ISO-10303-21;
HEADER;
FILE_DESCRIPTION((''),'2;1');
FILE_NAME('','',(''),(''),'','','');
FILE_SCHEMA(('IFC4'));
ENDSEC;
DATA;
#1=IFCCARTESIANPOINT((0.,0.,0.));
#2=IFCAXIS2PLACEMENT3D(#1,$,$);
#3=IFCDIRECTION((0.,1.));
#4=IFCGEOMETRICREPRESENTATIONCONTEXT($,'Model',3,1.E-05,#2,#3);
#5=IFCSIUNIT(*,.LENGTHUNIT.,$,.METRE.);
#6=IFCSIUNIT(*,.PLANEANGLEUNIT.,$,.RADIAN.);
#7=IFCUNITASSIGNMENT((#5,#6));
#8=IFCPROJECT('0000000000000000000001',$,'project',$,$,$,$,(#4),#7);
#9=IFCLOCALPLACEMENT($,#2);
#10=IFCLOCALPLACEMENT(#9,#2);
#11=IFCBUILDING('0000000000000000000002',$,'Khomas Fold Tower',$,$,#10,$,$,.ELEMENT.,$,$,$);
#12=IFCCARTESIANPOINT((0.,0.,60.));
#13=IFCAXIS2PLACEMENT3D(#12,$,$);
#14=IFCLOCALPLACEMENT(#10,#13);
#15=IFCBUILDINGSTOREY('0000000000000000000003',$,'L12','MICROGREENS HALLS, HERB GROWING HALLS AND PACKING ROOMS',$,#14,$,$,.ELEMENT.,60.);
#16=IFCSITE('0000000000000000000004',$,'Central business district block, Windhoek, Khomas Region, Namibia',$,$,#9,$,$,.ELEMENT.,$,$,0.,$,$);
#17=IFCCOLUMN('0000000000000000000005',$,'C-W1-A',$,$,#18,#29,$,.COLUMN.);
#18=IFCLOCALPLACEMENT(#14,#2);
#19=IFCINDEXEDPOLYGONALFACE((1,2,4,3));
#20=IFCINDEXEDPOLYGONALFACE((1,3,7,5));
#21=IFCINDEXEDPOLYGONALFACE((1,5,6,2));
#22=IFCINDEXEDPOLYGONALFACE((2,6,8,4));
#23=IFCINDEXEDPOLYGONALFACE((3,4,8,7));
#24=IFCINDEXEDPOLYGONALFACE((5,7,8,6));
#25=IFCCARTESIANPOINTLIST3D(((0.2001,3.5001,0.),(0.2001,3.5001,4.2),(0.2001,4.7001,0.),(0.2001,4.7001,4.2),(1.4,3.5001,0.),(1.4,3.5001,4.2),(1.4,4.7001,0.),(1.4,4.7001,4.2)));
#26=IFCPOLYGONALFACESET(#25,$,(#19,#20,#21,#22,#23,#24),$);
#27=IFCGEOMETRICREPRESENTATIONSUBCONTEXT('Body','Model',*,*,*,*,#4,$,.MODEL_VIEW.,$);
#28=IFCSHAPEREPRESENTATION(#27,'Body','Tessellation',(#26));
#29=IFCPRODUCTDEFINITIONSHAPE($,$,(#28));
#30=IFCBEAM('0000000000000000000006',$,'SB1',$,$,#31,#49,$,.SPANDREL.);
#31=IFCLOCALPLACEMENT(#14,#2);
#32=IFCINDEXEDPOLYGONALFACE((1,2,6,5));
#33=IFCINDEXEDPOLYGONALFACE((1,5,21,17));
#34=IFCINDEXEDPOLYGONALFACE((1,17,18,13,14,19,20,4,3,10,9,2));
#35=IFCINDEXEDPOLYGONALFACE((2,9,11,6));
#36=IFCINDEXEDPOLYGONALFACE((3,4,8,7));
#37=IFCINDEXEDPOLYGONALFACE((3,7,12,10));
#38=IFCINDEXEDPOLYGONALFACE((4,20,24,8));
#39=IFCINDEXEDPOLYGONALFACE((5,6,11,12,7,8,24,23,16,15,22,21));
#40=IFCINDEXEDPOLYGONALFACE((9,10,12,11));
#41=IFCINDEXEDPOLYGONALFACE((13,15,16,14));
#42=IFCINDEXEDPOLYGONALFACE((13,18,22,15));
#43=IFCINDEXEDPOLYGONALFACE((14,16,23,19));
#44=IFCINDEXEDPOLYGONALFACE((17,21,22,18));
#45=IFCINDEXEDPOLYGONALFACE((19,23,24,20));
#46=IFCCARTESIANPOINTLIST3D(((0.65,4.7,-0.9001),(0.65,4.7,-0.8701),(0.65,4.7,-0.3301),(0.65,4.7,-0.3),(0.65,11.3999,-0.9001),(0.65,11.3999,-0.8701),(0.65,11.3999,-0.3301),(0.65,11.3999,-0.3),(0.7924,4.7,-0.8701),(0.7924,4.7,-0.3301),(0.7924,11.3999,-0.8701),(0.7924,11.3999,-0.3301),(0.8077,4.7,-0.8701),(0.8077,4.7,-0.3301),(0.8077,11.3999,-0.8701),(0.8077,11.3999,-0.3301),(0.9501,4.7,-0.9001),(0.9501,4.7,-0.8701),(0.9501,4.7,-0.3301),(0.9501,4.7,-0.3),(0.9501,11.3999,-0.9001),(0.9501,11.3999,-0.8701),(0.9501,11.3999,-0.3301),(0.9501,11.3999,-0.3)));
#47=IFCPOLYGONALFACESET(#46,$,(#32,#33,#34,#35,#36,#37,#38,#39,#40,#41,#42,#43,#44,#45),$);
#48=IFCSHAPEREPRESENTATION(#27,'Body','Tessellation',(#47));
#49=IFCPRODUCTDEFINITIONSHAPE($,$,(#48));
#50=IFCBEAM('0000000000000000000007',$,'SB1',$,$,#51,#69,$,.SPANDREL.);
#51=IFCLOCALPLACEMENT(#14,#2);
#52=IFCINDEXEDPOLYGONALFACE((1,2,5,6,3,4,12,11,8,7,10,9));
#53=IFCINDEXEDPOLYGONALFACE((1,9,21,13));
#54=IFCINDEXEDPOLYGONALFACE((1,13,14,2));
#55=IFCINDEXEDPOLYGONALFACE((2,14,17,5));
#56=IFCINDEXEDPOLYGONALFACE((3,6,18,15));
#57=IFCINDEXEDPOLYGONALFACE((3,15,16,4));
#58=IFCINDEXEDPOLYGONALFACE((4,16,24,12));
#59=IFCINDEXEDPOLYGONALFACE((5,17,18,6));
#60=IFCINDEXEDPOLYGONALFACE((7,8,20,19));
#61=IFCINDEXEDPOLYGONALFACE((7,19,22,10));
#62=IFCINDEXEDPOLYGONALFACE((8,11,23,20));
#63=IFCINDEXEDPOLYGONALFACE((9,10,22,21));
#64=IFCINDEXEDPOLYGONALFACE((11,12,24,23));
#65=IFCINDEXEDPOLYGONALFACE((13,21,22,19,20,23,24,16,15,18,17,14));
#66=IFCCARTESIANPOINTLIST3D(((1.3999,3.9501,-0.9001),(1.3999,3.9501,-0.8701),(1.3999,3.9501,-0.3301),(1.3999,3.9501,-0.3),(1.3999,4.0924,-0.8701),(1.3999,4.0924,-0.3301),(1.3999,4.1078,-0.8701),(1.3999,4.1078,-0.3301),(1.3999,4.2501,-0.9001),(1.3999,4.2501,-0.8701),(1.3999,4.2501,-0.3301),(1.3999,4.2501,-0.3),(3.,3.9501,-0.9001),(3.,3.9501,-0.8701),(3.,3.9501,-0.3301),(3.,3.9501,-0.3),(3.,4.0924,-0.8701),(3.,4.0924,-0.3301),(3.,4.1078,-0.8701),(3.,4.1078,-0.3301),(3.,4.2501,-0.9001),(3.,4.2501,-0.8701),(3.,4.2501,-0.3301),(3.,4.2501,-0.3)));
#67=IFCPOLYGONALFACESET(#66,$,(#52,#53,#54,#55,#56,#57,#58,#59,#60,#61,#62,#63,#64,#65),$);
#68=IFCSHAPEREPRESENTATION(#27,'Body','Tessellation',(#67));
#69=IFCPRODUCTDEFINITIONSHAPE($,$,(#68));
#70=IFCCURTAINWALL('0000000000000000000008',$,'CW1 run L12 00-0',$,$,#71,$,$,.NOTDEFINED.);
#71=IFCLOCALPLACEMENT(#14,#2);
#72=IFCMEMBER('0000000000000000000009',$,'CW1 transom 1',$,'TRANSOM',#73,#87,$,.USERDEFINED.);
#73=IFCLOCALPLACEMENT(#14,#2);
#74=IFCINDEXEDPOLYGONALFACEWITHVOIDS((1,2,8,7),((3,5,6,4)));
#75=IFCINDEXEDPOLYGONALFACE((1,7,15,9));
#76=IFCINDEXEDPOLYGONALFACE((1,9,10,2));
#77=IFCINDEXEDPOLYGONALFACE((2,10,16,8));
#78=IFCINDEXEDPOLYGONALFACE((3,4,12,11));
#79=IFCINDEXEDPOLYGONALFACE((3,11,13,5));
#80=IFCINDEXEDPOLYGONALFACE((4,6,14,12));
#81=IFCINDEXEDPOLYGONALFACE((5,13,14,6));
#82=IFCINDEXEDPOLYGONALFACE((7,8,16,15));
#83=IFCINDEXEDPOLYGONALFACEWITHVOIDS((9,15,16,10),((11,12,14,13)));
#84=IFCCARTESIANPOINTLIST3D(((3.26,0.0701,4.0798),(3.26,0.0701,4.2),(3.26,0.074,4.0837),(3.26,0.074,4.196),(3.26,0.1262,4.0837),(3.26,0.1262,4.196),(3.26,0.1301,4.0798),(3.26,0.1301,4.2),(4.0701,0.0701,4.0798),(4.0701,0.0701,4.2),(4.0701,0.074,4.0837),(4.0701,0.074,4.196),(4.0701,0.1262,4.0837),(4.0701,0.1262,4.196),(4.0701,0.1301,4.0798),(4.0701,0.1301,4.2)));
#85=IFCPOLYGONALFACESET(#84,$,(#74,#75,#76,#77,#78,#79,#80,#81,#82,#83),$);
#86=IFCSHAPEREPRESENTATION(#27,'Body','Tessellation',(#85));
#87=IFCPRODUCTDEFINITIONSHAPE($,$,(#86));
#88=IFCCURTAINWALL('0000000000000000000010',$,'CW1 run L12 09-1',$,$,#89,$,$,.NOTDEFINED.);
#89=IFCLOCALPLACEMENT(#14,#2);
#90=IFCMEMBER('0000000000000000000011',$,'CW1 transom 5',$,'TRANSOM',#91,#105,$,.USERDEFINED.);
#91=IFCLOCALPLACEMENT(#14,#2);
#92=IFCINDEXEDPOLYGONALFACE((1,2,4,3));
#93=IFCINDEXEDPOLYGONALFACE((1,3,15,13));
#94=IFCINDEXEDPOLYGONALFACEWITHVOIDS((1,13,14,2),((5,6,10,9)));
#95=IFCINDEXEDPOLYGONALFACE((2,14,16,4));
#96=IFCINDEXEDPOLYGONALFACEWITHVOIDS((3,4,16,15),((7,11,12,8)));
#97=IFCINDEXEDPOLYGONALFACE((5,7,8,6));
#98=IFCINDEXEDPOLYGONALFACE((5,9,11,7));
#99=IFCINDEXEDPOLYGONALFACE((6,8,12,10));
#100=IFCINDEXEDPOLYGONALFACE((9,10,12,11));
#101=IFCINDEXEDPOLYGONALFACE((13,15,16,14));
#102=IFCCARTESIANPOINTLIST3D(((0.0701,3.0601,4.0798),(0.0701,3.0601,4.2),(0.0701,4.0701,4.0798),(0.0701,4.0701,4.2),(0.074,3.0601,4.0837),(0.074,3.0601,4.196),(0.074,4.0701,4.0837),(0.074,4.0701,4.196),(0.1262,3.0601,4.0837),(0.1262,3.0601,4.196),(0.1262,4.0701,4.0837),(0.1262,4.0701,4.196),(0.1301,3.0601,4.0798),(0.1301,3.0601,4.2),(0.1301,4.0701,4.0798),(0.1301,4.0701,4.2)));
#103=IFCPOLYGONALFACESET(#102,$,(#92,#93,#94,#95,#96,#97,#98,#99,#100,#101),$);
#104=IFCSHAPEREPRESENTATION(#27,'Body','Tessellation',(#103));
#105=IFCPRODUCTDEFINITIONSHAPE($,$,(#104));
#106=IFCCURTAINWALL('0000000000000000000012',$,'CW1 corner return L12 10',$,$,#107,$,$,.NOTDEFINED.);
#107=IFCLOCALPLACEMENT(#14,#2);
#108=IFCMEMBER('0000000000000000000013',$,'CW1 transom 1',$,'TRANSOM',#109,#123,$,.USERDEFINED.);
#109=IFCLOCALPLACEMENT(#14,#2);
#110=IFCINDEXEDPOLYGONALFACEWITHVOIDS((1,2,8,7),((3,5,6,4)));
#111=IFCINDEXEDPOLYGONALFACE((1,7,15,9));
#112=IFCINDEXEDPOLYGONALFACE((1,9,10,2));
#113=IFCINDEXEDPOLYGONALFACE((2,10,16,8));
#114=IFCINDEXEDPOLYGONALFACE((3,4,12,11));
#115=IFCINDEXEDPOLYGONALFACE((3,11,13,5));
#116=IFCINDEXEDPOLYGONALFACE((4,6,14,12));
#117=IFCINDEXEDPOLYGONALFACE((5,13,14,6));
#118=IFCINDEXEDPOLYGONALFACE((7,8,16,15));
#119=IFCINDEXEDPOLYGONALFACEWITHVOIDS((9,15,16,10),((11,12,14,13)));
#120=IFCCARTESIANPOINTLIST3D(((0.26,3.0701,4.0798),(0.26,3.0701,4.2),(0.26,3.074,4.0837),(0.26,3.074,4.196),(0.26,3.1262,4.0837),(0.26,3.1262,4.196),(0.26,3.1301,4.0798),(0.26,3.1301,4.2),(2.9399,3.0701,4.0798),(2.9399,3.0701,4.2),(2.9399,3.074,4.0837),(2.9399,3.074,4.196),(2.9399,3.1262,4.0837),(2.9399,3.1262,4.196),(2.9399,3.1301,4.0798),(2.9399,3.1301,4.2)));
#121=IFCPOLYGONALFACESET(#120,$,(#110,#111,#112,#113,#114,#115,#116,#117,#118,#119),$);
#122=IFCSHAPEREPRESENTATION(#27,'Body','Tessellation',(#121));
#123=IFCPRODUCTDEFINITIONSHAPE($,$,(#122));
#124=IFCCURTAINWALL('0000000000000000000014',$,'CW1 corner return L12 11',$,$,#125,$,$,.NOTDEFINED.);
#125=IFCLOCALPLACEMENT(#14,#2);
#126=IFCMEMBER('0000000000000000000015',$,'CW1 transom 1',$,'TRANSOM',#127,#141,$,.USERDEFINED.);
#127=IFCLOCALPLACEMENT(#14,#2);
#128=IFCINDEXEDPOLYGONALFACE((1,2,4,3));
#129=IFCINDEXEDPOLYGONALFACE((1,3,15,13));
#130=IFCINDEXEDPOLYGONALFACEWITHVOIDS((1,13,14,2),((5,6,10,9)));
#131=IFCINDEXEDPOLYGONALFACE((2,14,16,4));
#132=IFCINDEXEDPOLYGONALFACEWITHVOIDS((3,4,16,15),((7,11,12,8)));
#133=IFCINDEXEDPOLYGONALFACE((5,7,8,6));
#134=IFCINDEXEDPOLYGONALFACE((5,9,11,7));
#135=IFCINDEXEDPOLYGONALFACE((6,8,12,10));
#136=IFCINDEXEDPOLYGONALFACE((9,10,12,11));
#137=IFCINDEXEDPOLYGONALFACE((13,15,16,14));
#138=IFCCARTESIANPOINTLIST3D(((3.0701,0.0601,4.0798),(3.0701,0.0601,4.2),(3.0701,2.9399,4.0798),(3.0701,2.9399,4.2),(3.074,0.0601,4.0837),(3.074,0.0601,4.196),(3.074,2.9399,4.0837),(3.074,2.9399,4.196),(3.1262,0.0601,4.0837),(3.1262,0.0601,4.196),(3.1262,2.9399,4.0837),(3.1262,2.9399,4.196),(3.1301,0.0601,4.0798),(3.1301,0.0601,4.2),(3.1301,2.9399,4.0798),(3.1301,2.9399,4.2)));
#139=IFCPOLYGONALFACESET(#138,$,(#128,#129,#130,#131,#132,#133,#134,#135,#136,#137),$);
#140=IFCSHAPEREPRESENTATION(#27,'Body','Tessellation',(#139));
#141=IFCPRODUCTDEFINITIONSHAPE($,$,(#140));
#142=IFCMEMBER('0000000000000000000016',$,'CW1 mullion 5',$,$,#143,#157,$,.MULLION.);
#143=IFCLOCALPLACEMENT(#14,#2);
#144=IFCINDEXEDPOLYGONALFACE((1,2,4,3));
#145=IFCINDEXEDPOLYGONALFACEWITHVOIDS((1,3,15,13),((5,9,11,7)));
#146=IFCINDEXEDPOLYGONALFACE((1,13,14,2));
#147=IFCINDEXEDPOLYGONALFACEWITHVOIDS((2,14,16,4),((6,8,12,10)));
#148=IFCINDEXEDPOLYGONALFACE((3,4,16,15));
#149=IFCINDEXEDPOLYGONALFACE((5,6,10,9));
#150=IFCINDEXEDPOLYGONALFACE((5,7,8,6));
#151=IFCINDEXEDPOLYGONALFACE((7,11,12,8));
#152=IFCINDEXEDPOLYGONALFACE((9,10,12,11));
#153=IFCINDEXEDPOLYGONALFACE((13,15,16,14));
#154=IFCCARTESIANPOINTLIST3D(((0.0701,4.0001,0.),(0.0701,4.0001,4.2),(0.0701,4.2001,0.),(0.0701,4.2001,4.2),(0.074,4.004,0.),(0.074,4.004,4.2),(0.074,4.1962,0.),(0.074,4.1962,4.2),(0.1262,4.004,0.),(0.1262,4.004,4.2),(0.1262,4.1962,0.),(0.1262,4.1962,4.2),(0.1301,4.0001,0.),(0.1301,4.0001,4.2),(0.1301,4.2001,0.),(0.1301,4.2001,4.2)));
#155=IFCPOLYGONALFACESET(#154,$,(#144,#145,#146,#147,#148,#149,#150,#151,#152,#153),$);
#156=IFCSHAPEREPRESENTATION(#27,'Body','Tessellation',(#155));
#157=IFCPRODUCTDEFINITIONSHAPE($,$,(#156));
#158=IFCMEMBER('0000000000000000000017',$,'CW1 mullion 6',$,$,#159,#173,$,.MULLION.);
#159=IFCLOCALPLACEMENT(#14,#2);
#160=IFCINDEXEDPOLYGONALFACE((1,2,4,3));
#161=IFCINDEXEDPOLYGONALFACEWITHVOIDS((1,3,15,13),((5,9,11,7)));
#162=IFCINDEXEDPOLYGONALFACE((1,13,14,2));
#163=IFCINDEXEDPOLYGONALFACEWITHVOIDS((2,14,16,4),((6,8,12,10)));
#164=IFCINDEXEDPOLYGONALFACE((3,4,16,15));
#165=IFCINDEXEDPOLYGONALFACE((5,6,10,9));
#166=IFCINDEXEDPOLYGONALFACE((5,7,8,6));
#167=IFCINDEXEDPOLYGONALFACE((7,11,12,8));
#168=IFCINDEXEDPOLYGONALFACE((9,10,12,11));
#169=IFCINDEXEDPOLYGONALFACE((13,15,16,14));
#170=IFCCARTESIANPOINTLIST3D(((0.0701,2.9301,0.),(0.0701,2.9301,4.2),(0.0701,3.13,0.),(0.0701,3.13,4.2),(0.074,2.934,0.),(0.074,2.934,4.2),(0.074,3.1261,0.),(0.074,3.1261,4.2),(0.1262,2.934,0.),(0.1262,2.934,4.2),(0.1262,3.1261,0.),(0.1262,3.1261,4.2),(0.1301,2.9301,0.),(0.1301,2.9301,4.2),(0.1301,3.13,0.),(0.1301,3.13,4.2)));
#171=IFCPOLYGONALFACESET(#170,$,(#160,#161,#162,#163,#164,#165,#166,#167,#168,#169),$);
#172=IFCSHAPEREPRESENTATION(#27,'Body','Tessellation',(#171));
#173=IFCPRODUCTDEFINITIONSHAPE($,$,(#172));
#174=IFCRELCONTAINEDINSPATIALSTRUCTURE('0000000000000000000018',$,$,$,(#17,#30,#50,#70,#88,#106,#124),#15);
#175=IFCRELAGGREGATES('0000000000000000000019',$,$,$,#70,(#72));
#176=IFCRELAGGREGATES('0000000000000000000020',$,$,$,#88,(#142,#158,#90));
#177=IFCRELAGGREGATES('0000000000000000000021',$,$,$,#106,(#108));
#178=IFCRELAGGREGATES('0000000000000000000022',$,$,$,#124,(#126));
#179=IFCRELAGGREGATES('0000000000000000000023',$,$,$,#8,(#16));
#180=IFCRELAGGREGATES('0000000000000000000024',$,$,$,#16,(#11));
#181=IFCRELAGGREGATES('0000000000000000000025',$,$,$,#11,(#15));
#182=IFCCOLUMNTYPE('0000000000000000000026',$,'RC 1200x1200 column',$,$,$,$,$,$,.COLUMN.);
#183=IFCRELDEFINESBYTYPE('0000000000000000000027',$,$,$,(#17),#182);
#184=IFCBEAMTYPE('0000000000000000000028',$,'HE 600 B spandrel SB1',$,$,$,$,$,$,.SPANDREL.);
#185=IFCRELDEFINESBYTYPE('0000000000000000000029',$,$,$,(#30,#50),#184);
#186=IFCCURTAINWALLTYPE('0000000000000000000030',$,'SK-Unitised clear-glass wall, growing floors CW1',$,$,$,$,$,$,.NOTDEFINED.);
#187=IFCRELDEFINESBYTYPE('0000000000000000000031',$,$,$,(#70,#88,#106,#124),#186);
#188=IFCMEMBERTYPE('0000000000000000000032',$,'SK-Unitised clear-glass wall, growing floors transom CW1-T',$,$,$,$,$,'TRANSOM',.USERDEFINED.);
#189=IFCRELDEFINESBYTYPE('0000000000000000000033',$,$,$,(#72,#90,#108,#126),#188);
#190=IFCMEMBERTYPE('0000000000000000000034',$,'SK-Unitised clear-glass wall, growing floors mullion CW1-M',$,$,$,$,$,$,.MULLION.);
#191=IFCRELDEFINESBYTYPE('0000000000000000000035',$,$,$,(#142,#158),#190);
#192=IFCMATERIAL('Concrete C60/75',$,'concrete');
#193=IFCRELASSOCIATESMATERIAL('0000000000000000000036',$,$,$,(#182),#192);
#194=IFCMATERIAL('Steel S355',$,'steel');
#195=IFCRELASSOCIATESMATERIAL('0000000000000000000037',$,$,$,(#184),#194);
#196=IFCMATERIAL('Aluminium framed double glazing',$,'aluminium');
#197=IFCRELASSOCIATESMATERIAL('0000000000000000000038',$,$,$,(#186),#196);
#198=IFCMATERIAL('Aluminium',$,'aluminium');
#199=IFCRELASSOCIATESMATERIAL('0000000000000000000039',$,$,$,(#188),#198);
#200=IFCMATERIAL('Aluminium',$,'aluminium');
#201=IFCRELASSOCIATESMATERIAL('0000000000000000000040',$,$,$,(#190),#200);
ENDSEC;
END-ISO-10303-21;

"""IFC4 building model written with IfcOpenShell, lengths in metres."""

from ifc_helpers import new_model, si_unit, direction, frame, origin, origin_2d, place, context, subcontext, project, spatial, rectangle, hollow_rectangle, i_section, extrude, source, transform, mapped, material, material_profile, profile_set, type_object, element, aggregate, save


model = new_model("IFC4")

# Units and contexts
model_context = context("Model", 3, precision=1e-05, world=origin(), true_north=direction((0.0, 1.0)))
body_context = subcontext(model_context, "Body", "Model", "MODEL_VIEW")
ifc_project = project(units=[si_unit("LENGTHUNIT", "METRE"), si_unit("PLANEANGLEUNIT", "RADIAN")], contexts=[model_context])

# Site, building, storey
site_placement = place(None, origin())
site = spatial("IfcSite", under=ifc_project, at=site_placement, Name="Central business district block, Windhoek, Khomas Region, Namibia", CompositionType="ELEMENT", RefElevation=0.0)
building_placement = place(site_placement, origin())
building = spatial("IfcBuilding", under=site, at=building_placement, Name="Khomas Fold Tower", CompositionType="ELEMENT")
storey_placement = place(building_placement, frame((0.0, 0.0, 60.0)))
storey = spatial("IfcBuildingStorey", under=building, at=storey_placement, Name="L12", Description="MICROGREENS HALLS, HERB GROWING HALLS AND PACKING ROOMS", CompositionType="ELEMENT", Elevation=60.0)

# Column
ifc_material_1 = material(Name="Concrete C60/75", Category="concrete")
ifc_material_profile_1 = material_profile(ifc_material_1, rectangle(XDim=1.2, YDim=1.2, at=origin_2d()), Name="RC 1200x1200")
ifc_profile_set_1 = profile_set([ifc_material_profile_1], Name="Concrete C60/75")
column_type = type_object("IfcColumnType", Name="RC 1200x1200 column", PredefinedType="COLUMN", material=ifc_profile_set_1)
shared_shape_1 = source(origin(), body_context, "Body", "SweptSolid", [
    extrude(rectangle(XDim=1.2, YDim=1.2, at=origin_2d()), origin(), (0.0, 0.0, 1.0), 4.2),
])
column_placement = place(storey_placement, frame((0.8, 4.1001, 0.0), z_axis=(0.0, 0.0, 1.0), x_axis=(1.0, 0.0, 0.0)))
element("IfcColumn", 1, at=column_placement, inside=storey, type_object=column_type, Name="C-W1-A", PredefinedType="COLUMN", context=body_context, shape_type="MappedRepresentation", body=[
    mapped(shared_shape_1, transform((0.0, 0.0, 0.0))),
])

# Beams
ifc_material_2 = material(Name="Steel S355", Category="steel")
ifc_material_profile_2 = material_profile(ifc_material_2, i_section(OverallWidth=0.3, OverallDepth=0.6001, WebThickness=0.0154, FlangeThickness=0.03, at=origin_2d()), Name="HE 600 B")
ifc_profile_set_2 = profile_set([ifc_material_profile_2], Name="Steel S355")
beam_type = type_object("IfcBeamType", Name="HE 600 B spandrel SB1", PredefinedType="SPANDREL", material=ifc_profile_set_2)
shared_shape_2 = source(origin(), body_context, "Body", "SweptSolid", [
    extrude(i_section(OverallWidth=0.3, OverallDepth=0.6001, WebThickness=0.0154, FlangeThickness=0.03, at=origin_2d()), origin(), (0.0, 0.0, 1.0), 6.7),
])
beam_1_placement = place(storey_placement, frame((0.8, 4.7, -0.6001), z_axis=(0.0, 1.0, 0.0), x_axis=(-1.0, 0.0, 0.0)))
element("IfcBeam", 2, at=beam_1_placement, inside=storey, type_object=beam_type, Name="SB1", PredefinedType="SPANDREL", context=body_context, shape_type="MappedRepresentation", body=[
    mapped(shared_shape_2, transform((0.0, 0.0, 0.0))),
])
shared_shape_3 = source(origin(), body_context, "Body", "SweptSolid", [
    extrude(i_section(OverallWidth=0.3, OverallDepth=0.6001, WebThickness=0.0154, FlangeThickness=0.03, at=origin_2d()), origin(), (0.0, 0.0, 1.0), 1.6001),
])
beam_2_placement = place(storey_placement, frame((1.3999, 4.1001, -0.6001), z_axis=(1.0, 0.0, 0.0), x_axis=(0.0, 1.0, 0.0)))
element("IfcBeam", 3, at=beam_2_placement, inside=storey, type_object=beam_type, Name="SB1", PredefinedType="SPANDREL", context=body_context, shape_type="MappedRepresentation", body=[
    mapped(shared_shape_3, transform((0.0, 0.0, 0.0))),
])

# Curtain walls, members
ifc_material_3 = material(Name="Aluminium framed double glazing", Category="aluminium")
curtain_wall_type = type_object("IfcCurtainWallType", Name="SK-Unitised clear-glass wall, growing floors CW1", PredefinedType="NOTDEFINED", material=ifc_material_3)
curtain_wall_1_placement = place(storey_placement, origin())
curtain_wall_1 = element("IfcCurtainWall", 4, at=curtain_wall_1_placement, inside=storey, type_object=curtain_wall_type, Name="CW1 run L12 00-0", PredefinedType="NOTDEFINED")
ifc_material_4 = material(Name="Aluminium", Category="aluminium")
ifc_material_profile_3 = material_profile(ifc_material_4, hollow_rectangle(XDim=0.0601, YDim=0.1201, WallThickness=0.0039, at=origin_2d()), Name="SK-Unitised clear-glass wall, growing floors transom CW1-T")
ifc_profile_set_3 = profile_set([ifc_material_profile_3], Name="Aluminium")
member_type_1 = type_object("IfcMemberType", Name="SK-Unitised clear-glass wall, growing floors transom CW1-T", ElementType="TRANSOM", PredefinedType="USERDEFINED", material=ifc_profile_set_3)
shared_shape_4 = source(origin(), body_context, "Body", "SweptSolid", [
    extrude(hollow_rectangle(XDim=0.0601, YDim=0.1201, WallThickness=0.0039, at=origin_2d()), origin(), (0.0, 0.0, 1.0), 0.8101),
])
member_1_placement = place(storey_placement, frame((3.26, 0.1001, 4.1399), z_axis=(1.0, 0.0, 0.0), x_axis=(0.0, 1.0, 0.0)))
member_1 = element("IfcMember", 5, at=member_1_placement, type_object=member_type_1, Name="CW1 transom 1", ObjectType="TRANSOM", PredefinedType="USERDEFINED", context=body_context, shape_type="MappedRepresentation", body=[
    mapped(shared_shape_4, transform((0.0, 0.0, 0.0))),
])
curtain_wall_2_placement = place(storey_placement, origin())
curtain_wall_2 = element("IfcCurtainWall", 6, at=curtain_wall_2_placement, inside=storey, type_object=curtain_wall_type, Name="CW1 run L12 09-1", PredefinedType="NOTDEFINED")
shared_shape_5 = source(origin(), body_context, "Body", "SweptSolid", [
    extrude(hollow_rectangle(XDim=0.0601, YDim=0.1201, WallThickness=0.0039, at=origin_2d()), origin(), (0.0, 0.0, 1.0), 1.01),
])
member_2_placement = place(storey_placement, frame((0.1001, 4.0701, 4.1399), z_axis=(0.0, -1.0, 0.0), x_axis=(1.0, 0.0, 0.0)))
member_2 = element("IfcMember", 7, at=member_2_placement, type_object=member_type_1, Name="CW1 transom 5", ObjectType="TRANSOM", PredefinedType="USERDEFINED", context=body_context, shape_type="MappedRepresentation", body=[
    mapped(shared_shape_5, transform((0.0, 0.0, 0.0))),
])
curtain_wall_3_placement = place(storey_placement, origin())
curtain_wall_3 = element("IfcCurtainWall", 8, at=curtain_wall_3_placement, inside=storey, type_object=curtain_wall_type, Name="CW1 corner return L12 10", PredefinedType="NOTDEFINED")
shared_shape_6 = source(origin(), body_context, "Body", "SweptSolid", [
    extrude(hollow_rectangle(XDim=0.0601, YDim=0.1201, WallThickness=0.0039, at=origin_2d()), origin(), (0.0, 0.0, 1.0), 2.6799),
])
member_3_placement = place(storey_placement, frame((0.26, 3.1001, 4.1399), z_axis=(1.0, 0.0, 0.0), x_axis=(0.0, 1.0, 0.0)))
member_3 = element("IfcMember", 9, at=member_3_placement, type_object=member_type_1, Name="CW1 transom 1", ObjectType="TRANSOM", PredefinedType="USERDEFINED", context=body_context, shape_type="MappedRepresentation", body=[
    mapped(shared_shape_6, transform((0.0, 0.0, 0.0))),
])
curtain_wall_4_placement = place(storey_placement, origin())
curtain_wall_4 = element("IfcCurtainWall", 10, at=curtain_wall_4_placement, inside=storey, type_object=curtain_wall_type, Name="CW1 corner return L12 11", PredefinedType="NOTDEFINED")
shared_shape_7 = source(origin(), body_context, "Body", "SweptSolid", [
    extrude(hollow_rectangle(XDim=0.0601, YDim=0.1201, WallThickness=0.0039, at=origin_2d()), origin(), (0.0, 0.0, 1.0), 2.8799),
])
member_4_placement = place(storey_placement, frame((3.1001, 2.9399, 4.1399), z_axis=(0.0, -1.0, 0.0), x_axis=(1.0, 0.0, 0.0)))
member_4 = element("IfcMember", 11, at=member_4_placement, type_object=member_type_1, Name="CW1 transom 1", ObjectType="TRANSOM", PredefinedType="USERDEFINED", context=body_context, shape_type="MappedRepresentation", body=[
    mapped(shared_shape_7, transform((0.0, 0.0, 0.0))),
])

# Members
ifc_material_5 = material(Name="Aluminium", Category="aluminium")
ifc_material_profile_4 = material_profile(ifc_material_5, hollow_rectangle(XDim=0.0601, YDim=0.2, WallThickness=0.0039, at=origin_2d()), Name="SK-Unitised clear-glass wall, growing floors mullion CW1-M")
ifc_profile_set_4 = profile_set([ifc_material_profile_4], Name="Aluminium")
member_type_2 = type_object("IfcMemberType", Name="SK-Unitised clear-glass wall, growing floors mullion CW1-M", PredefinedType="MULLION", material=ifc_profile_set_4)
shared_shape_8 = source(origin(), body_context, "Body", "SweptSolid", [
    extrude(hollow_rectangle(XDim=0.0601, YDim=0.2, WallThickness=0.0039, at=origin_2d()), origin(), (0.0, 0.0, 1.0), 4.2),
])
member_5_placement = place(storey_placement, frame((0.1001, 4.1001, 0.0), z_axis=(0.0, 0.0, 1.0), x_axis=(1.0, 0.0, 0.0)))
member_5 = element("IfcMember", 12, at=member_5_placement, type_object=member_type_2, Name="CW1 mullion 5", PredefinedType="MULLION", context=body_context, shape_type="MappedRepresentation", body=[
    mapped(shared_shape_8, transform((0.0, 0.0, 0.0))),
])
member_6_placement = place(storey_placement, frame((0.1001, 3.03, 0.0), z_axis=(0.0, 0.0, 1.0), x_axis=(1.0, 0.0, 0.0)))
member_6 = element("IfcMember", 13, at=member_6_placement, type_object=member_type_2, Name="CW1 mullion 6", PredefinedType="MULLION", context=body_context, shape_type="MappedRepresentation", body=[
    mapped(shared_shape_8, transform((0.0, 0.0, 0.0))),
])

aggregate(curtain_wall_1, [member_1])
aggregate(curtain_wall_2, [member_5, member_6, member_2])
aggregate(curtain_wall_3, [member_3])
aggregate(curtain_wall_4, [member_4])

save(model, "model.ifc")
